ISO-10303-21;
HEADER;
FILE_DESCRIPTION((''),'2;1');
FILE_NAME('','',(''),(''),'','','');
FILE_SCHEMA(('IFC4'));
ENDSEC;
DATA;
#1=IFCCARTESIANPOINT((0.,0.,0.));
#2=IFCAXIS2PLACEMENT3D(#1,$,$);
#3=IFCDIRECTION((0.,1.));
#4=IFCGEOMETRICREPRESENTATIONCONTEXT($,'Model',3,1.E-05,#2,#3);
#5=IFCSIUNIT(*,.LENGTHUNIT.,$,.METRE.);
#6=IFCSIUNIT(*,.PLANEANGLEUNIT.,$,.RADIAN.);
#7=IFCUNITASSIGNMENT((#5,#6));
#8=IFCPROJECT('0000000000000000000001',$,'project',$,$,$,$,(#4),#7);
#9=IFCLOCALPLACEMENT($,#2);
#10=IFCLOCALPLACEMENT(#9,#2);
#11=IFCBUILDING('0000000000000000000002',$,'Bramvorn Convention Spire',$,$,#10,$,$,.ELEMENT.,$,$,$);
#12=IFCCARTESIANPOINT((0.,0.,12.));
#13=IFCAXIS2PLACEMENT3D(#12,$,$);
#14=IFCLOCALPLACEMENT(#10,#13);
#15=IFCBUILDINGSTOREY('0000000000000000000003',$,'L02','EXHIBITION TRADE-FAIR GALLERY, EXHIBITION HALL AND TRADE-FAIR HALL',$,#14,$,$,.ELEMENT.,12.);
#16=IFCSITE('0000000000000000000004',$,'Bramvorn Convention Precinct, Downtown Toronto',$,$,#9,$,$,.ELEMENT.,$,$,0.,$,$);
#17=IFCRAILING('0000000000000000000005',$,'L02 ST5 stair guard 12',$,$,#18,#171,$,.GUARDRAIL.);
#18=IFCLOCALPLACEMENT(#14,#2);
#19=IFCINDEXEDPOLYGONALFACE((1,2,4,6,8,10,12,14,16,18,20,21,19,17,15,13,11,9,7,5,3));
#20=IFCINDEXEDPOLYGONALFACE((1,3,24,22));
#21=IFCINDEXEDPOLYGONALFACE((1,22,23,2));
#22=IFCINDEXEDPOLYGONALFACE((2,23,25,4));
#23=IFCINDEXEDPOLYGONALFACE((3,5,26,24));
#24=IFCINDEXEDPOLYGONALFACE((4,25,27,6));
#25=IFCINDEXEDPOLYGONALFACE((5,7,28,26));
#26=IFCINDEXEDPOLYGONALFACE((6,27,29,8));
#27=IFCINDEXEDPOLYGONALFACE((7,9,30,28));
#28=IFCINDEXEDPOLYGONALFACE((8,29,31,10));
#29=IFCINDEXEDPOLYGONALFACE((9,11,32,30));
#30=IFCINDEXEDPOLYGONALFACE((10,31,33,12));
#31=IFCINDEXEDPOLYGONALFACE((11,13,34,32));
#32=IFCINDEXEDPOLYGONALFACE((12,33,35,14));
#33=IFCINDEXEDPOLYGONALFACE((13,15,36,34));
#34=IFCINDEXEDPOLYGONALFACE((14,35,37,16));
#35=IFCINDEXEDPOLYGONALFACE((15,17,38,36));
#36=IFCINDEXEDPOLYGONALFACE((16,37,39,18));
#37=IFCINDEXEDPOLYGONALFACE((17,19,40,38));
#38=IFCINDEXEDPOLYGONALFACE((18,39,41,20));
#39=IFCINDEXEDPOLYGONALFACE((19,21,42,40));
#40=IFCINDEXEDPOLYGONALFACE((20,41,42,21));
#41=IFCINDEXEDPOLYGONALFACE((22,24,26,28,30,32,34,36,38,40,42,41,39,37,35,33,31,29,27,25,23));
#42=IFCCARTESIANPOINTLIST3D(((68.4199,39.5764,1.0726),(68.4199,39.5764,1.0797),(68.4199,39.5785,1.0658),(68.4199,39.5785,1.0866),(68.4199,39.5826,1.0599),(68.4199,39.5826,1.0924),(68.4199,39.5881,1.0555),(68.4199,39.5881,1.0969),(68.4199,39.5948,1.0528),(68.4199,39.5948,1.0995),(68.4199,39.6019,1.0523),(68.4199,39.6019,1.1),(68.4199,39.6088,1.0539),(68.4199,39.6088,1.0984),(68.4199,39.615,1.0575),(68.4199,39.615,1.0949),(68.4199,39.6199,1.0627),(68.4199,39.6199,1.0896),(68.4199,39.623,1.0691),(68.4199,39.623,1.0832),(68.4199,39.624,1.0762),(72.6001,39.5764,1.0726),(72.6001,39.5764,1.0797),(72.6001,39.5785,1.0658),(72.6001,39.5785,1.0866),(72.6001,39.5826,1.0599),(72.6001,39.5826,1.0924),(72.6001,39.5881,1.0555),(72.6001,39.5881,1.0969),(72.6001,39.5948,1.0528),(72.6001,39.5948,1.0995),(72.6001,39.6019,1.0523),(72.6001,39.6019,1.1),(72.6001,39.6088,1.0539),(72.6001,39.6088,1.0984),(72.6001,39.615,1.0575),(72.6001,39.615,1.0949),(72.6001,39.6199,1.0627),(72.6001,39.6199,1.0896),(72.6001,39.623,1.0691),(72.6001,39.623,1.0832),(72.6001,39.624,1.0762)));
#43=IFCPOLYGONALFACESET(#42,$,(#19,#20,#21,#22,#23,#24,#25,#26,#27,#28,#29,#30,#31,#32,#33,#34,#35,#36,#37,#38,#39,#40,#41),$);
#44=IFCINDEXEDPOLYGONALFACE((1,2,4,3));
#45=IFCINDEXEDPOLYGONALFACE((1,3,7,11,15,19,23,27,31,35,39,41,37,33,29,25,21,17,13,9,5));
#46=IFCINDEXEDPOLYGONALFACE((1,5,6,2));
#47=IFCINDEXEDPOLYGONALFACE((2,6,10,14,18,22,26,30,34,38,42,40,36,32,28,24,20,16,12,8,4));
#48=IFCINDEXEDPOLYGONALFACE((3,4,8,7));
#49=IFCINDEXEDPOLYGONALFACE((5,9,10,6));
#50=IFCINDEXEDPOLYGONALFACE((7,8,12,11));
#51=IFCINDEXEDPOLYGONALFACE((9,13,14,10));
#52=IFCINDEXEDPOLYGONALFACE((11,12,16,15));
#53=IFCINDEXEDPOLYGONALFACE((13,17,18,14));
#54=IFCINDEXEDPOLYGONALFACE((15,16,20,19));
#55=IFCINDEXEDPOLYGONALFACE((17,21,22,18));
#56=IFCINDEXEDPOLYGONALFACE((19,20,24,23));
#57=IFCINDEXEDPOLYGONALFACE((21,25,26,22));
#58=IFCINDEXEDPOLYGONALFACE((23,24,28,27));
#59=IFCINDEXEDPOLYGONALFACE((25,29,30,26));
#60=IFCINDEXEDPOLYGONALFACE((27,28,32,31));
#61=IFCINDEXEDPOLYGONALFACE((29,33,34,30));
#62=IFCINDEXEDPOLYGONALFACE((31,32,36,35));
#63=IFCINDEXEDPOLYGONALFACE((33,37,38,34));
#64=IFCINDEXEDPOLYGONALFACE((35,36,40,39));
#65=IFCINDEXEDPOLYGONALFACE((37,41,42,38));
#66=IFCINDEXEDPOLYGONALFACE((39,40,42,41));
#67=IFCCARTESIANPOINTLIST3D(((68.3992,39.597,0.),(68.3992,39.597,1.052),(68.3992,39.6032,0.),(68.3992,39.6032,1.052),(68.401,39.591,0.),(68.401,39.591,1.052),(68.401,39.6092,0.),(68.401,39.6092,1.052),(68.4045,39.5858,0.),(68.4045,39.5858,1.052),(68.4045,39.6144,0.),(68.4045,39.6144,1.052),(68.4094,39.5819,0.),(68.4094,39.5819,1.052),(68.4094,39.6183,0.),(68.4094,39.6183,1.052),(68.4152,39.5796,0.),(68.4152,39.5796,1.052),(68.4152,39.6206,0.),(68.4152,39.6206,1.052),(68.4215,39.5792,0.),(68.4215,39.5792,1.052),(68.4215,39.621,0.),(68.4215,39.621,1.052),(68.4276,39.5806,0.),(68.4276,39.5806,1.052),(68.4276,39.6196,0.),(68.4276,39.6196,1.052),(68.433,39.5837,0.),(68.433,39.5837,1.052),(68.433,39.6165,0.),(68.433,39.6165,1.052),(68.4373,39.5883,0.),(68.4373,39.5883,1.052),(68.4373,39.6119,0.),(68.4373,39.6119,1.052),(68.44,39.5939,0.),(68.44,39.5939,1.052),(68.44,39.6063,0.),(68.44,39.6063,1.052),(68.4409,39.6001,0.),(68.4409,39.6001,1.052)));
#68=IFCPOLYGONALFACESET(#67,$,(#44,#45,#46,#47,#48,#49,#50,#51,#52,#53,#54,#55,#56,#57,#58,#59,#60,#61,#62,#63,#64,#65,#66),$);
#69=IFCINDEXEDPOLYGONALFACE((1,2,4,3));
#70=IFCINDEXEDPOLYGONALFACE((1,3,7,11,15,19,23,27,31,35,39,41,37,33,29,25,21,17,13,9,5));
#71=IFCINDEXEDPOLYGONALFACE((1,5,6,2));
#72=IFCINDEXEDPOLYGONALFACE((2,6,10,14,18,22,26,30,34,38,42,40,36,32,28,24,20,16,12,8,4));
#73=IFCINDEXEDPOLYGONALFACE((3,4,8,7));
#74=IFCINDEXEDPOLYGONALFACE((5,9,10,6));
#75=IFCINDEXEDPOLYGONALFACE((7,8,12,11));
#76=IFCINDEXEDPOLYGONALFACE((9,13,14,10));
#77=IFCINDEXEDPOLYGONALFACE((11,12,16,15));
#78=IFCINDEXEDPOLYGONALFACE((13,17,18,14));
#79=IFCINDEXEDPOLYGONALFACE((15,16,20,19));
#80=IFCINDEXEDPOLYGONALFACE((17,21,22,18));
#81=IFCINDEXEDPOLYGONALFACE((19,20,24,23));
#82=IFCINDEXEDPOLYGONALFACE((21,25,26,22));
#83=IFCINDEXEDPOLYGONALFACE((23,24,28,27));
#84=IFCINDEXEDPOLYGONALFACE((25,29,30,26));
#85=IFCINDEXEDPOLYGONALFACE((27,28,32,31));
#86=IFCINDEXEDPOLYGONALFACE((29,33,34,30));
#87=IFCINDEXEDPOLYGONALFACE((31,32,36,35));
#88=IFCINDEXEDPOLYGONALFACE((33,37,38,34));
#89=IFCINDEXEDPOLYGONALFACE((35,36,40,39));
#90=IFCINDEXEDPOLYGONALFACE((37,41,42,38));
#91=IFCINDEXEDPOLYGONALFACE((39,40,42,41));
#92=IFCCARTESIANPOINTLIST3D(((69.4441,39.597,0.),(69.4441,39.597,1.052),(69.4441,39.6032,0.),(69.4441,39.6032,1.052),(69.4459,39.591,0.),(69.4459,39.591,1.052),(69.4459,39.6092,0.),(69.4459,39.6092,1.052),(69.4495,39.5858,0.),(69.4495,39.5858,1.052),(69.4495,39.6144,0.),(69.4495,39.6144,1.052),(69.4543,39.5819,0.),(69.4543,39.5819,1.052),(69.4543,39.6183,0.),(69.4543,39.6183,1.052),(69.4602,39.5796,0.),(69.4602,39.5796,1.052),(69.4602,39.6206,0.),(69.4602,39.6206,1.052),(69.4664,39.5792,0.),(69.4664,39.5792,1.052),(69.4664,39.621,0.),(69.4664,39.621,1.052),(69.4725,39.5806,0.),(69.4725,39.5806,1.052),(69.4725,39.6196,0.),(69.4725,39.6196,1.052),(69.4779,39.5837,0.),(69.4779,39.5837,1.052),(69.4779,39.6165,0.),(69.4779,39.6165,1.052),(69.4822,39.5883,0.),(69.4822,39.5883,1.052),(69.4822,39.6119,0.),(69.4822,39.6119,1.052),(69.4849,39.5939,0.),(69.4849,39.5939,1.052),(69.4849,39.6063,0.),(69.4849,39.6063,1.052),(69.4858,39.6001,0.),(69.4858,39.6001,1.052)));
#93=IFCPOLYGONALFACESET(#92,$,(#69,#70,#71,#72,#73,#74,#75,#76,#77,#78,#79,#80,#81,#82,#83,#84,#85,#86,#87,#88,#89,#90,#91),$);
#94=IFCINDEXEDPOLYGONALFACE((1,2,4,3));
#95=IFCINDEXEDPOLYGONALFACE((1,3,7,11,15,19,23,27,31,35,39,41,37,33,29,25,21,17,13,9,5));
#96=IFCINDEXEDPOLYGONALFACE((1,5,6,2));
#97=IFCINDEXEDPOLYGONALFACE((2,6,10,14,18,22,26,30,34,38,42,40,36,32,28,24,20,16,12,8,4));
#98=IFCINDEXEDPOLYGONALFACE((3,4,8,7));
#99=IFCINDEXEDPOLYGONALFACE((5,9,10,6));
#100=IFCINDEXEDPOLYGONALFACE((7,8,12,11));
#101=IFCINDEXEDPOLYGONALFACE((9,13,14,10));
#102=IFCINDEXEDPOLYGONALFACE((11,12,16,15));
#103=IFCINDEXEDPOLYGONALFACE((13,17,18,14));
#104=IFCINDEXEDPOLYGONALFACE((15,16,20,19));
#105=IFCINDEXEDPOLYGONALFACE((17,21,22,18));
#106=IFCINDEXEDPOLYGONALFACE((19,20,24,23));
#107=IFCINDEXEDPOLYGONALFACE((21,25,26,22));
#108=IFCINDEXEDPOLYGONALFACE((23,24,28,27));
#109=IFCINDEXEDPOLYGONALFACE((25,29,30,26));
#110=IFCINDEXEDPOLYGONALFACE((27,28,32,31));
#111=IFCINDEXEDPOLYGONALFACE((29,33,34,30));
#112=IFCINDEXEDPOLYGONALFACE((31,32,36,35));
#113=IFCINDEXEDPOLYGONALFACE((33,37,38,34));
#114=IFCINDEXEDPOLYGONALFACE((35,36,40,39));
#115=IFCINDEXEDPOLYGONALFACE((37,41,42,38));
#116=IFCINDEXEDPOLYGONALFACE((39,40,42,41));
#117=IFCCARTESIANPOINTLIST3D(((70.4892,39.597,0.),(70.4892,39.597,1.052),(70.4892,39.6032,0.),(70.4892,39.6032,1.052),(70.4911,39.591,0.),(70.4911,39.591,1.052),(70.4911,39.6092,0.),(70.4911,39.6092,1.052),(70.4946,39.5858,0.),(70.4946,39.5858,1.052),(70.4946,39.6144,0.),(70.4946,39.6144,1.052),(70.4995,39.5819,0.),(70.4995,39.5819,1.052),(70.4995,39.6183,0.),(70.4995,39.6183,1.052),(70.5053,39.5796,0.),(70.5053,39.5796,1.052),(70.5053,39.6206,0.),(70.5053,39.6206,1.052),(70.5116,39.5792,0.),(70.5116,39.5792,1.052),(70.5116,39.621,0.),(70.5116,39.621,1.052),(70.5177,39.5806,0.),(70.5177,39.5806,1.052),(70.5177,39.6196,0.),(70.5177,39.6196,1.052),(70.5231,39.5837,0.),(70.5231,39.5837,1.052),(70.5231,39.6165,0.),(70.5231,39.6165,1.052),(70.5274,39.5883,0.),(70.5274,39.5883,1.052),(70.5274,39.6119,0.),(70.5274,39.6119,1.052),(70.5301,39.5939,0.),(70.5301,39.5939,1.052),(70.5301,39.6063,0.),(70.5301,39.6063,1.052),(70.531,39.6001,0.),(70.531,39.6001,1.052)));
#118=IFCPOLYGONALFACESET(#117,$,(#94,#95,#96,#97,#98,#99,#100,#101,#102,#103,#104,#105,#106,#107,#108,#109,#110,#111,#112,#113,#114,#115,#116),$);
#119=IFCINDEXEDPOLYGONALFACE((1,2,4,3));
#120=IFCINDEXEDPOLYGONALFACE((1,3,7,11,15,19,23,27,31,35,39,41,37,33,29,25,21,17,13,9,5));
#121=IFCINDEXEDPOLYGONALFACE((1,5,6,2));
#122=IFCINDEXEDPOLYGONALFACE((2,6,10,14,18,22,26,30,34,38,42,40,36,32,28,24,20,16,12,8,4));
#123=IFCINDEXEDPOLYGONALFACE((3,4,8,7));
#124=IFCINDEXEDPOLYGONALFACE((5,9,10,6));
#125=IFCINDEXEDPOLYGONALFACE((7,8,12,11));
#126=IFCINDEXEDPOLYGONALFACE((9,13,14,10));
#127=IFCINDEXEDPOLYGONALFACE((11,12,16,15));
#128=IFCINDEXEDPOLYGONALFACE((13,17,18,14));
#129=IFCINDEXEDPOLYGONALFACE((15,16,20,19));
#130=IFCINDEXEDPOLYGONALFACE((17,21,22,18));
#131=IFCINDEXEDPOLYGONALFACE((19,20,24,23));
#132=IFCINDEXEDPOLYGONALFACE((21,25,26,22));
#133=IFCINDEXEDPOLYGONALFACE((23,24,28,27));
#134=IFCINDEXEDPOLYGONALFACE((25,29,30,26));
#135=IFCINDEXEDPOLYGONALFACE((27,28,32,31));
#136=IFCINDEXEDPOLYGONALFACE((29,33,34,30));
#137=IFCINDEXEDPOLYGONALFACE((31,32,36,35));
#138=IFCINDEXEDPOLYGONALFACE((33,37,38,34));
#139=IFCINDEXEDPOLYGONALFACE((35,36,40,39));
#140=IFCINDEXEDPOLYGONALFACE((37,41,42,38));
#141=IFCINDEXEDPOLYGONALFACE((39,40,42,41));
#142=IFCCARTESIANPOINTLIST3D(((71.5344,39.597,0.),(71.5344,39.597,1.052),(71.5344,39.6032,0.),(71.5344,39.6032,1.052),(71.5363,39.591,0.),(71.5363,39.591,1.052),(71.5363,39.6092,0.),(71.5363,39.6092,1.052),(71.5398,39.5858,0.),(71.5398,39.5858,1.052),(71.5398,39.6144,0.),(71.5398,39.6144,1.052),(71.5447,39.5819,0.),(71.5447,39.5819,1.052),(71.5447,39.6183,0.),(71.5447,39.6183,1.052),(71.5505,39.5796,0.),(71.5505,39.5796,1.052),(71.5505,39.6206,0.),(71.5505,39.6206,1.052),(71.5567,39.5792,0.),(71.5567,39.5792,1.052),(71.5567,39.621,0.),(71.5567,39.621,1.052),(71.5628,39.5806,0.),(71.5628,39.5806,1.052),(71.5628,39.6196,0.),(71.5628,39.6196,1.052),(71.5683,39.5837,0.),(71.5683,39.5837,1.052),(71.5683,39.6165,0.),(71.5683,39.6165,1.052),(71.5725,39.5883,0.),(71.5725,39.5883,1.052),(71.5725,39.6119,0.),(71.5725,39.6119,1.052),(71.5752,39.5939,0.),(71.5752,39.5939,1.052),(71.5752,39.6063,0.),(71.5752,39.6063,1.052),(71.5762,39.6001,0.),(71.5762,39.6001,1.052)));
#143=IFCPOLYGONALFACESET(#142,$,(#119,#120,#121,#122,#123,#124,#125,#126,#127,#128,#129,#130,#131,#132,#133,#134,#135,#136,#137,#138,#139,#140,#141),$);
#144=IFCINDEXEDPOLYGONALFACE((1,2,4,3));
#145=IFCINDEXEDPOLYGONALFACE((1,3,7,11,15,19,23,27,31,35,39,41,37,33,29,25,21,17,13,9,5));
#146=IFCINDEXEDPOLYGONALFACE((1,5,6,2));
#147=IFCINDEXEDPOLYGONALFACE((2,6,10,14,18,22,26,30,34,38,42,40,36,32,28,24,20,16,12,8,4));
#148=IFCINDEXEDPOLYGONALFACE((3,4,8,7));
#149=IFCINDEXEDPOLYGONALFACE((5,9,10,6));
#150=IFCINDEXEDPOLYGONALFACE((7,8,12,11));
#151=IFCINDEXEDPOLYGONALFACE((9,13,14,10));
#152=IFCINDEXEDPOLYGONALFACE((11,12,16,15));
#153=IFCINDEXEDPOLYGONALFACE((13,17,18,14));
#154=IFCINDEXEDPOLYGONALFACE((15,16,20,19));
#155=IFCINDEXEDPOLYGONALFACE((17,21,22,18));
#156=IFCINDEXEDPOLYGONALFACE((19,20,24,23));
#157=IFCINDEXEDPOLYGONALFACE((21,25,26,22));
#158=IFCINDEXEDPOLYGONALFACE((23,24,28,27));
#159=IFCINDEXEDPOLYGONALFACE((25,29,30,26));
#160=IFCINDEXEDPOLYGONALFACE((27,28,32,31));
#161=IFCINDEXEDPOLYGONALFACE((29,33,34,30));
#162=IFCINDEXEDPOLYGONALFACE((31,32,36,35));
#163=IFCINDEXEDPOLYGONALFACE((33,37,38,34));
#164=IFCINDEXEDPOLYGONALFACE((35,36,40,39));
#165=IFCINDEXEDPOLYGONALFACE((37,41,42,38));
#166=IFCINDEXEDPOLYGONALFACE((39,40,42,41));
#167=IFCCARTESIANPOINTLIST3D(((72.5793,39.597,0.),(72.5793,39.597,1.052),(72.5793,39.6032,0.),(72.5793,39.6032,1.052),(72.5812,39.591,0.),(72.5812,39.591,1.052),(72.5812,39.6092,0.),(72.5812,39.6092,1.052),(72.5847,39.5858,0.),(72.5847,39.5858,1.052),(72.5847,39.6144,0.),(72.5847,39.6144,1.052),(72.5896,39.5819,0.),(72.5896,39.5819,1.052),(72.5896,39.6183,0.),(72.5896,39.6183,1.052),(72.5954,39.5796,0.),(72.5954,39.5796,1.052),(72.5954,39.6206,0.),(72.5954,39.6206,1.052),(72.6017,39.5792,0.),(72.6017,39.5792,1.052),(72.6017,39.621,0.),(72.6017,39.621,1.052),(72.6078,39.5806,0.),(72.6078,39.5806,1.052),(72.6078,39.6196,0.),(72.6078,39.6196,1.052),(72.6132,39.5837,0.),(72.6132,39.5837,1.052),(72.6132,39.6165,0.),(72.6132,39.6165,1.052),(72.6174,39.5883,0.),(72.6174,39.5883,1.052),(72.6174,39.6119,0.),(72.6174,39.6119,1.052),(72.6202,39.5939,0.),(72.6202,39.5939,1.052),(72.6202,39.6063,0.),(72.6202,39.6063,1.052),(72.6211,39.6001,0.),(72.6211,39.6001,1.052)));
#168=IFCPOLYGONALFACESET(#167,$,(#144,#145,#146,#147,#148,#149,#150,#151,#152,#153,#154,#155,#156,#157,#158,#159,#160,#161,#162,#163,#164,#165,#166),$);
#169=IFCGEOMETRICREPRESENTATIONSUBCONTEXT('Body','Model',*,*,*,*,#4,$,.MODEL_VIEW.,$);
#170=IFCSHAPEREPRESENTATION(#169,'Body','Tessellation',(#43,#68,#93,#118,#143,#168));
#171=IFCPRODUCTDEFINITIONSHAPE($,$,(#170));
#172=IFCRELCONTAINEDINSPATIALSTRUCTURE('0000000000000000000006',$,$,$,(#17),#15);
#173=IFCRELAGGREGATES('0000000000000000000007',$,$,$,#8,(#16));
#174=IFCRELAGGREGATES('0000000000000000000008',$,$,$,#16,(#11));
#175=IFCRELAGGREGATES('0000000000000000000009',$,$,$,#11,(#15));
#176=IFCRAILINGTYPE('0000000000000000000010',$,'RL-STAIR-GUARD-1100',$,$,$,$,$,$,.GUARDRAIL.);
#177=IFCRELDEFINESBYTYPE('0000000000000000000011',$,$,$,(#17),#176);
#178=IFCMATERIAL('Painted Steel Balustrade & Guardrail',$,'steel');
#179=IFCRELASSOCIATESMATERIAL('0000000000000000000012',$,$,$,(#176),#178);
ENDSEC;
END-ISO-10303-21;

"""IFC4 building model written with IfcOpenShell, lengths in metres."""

from ifc_helpers import new_model, si_unit, direction, frame, origin, origin_2d, place, context, subcontext, project, spatial, circle, extrude, material, type_object, element, save


model = new_model("IFC4")

# Units and contexts
model_context = context("Model", 3, precision=1e-05, world=origin(), true_north=direction((0.0, 1.0)))
body_context = subcontext(model_context, "Body", "Model", "MODEL_VIEW")
ifc_project = project(units=[si_unit("LENGTHUNIT", "METRE"), si_unit("PLANEANGLEUNIT", "RADIAN")], contexts=[model_context])

# Site, building, storey
site_placement = place(None, origin())
site = spatial("IfcSite", under=ifc_project, at=site_placement, Name="Bramvorn Convention Precinct, Downtown Toronto", CompositionType="ELEMENT", RefElevation=0.0)
building_placement = place(site_placement, origin())
building = spatial("IfcBuilding", under=site, at=building_placement, Name="Bramvorn Convention Spire", CompositionType="ELEMENT")
storey_placement = place(building_placement, frame((0.0, 0.0, 12.0)))
storey = spatial("IfcBuildingStorey", under=building, at=storey_placement, Name="L02", Description="EXHIBITION TRADE-FAIR GALLERY, EXHIBITION HALL AND TRADE-FAIR HALL", CompositionType="ELEMENT", Elevation=12.0)

# Railing
ifc_material_1 = material(Name="Painted Steel Balustrade & Guardrail", Category="steel")
railing_type = type_object("IfcRailingType", Name="RL-STAIR-GUARD-1100", PredefinedType="GUARDRAIL", material=ifc_material_1)
railing_1_placement = place(storey_placement, frame((68.4199, 39.6001, 0.0)))
element("IfcRailing", 1, at=railing_1_placement, inside=storey, type_object=railing_type, Name="L02 ST5 stair guard 12", PredefinedType="GUARDRAIL", context=body_context, shape_type="SweptSolid", body=[
    extrude(circle(Radius=0.0239, at=origin_2d()), frame((0.0, 0.0, 1.0762), z_axis=(1.0, 0.0, 0.0), x_axis=(0.0, 1.0, 0.0)), (0.0, 0.0, 1.0), 4.1802),
    extrude(circle(Radius=0.021, at=origin_2d()), origin(), (0.0, 0.0, 1.0), 1.052),
    extrude(circle(Radius=0.021, at=origin_2d()), frame((1.0449, 0.0, 0.0)), (0.0, 0.0, 1.0), 1.052),
    extrude(circle(Radius=0.021, at=origin_2d()), frame((2.0901, 0.0, 0.0)), (0.0, 0.0, 1.0), 1.052),
    extrude(circle(Radius=0.021, at=origin_2d()), frame((3.1353, 0.0, 0.0)), (0.0, 0.0, 1.0), 1.052),
    extrude(circle(Radius=0.021, at=origin_2d()), frame((4.1802, 0.0, 0.0)), (0.0, 0.0, 1.0), 1.052),
])

save(model, "model.ifc")
